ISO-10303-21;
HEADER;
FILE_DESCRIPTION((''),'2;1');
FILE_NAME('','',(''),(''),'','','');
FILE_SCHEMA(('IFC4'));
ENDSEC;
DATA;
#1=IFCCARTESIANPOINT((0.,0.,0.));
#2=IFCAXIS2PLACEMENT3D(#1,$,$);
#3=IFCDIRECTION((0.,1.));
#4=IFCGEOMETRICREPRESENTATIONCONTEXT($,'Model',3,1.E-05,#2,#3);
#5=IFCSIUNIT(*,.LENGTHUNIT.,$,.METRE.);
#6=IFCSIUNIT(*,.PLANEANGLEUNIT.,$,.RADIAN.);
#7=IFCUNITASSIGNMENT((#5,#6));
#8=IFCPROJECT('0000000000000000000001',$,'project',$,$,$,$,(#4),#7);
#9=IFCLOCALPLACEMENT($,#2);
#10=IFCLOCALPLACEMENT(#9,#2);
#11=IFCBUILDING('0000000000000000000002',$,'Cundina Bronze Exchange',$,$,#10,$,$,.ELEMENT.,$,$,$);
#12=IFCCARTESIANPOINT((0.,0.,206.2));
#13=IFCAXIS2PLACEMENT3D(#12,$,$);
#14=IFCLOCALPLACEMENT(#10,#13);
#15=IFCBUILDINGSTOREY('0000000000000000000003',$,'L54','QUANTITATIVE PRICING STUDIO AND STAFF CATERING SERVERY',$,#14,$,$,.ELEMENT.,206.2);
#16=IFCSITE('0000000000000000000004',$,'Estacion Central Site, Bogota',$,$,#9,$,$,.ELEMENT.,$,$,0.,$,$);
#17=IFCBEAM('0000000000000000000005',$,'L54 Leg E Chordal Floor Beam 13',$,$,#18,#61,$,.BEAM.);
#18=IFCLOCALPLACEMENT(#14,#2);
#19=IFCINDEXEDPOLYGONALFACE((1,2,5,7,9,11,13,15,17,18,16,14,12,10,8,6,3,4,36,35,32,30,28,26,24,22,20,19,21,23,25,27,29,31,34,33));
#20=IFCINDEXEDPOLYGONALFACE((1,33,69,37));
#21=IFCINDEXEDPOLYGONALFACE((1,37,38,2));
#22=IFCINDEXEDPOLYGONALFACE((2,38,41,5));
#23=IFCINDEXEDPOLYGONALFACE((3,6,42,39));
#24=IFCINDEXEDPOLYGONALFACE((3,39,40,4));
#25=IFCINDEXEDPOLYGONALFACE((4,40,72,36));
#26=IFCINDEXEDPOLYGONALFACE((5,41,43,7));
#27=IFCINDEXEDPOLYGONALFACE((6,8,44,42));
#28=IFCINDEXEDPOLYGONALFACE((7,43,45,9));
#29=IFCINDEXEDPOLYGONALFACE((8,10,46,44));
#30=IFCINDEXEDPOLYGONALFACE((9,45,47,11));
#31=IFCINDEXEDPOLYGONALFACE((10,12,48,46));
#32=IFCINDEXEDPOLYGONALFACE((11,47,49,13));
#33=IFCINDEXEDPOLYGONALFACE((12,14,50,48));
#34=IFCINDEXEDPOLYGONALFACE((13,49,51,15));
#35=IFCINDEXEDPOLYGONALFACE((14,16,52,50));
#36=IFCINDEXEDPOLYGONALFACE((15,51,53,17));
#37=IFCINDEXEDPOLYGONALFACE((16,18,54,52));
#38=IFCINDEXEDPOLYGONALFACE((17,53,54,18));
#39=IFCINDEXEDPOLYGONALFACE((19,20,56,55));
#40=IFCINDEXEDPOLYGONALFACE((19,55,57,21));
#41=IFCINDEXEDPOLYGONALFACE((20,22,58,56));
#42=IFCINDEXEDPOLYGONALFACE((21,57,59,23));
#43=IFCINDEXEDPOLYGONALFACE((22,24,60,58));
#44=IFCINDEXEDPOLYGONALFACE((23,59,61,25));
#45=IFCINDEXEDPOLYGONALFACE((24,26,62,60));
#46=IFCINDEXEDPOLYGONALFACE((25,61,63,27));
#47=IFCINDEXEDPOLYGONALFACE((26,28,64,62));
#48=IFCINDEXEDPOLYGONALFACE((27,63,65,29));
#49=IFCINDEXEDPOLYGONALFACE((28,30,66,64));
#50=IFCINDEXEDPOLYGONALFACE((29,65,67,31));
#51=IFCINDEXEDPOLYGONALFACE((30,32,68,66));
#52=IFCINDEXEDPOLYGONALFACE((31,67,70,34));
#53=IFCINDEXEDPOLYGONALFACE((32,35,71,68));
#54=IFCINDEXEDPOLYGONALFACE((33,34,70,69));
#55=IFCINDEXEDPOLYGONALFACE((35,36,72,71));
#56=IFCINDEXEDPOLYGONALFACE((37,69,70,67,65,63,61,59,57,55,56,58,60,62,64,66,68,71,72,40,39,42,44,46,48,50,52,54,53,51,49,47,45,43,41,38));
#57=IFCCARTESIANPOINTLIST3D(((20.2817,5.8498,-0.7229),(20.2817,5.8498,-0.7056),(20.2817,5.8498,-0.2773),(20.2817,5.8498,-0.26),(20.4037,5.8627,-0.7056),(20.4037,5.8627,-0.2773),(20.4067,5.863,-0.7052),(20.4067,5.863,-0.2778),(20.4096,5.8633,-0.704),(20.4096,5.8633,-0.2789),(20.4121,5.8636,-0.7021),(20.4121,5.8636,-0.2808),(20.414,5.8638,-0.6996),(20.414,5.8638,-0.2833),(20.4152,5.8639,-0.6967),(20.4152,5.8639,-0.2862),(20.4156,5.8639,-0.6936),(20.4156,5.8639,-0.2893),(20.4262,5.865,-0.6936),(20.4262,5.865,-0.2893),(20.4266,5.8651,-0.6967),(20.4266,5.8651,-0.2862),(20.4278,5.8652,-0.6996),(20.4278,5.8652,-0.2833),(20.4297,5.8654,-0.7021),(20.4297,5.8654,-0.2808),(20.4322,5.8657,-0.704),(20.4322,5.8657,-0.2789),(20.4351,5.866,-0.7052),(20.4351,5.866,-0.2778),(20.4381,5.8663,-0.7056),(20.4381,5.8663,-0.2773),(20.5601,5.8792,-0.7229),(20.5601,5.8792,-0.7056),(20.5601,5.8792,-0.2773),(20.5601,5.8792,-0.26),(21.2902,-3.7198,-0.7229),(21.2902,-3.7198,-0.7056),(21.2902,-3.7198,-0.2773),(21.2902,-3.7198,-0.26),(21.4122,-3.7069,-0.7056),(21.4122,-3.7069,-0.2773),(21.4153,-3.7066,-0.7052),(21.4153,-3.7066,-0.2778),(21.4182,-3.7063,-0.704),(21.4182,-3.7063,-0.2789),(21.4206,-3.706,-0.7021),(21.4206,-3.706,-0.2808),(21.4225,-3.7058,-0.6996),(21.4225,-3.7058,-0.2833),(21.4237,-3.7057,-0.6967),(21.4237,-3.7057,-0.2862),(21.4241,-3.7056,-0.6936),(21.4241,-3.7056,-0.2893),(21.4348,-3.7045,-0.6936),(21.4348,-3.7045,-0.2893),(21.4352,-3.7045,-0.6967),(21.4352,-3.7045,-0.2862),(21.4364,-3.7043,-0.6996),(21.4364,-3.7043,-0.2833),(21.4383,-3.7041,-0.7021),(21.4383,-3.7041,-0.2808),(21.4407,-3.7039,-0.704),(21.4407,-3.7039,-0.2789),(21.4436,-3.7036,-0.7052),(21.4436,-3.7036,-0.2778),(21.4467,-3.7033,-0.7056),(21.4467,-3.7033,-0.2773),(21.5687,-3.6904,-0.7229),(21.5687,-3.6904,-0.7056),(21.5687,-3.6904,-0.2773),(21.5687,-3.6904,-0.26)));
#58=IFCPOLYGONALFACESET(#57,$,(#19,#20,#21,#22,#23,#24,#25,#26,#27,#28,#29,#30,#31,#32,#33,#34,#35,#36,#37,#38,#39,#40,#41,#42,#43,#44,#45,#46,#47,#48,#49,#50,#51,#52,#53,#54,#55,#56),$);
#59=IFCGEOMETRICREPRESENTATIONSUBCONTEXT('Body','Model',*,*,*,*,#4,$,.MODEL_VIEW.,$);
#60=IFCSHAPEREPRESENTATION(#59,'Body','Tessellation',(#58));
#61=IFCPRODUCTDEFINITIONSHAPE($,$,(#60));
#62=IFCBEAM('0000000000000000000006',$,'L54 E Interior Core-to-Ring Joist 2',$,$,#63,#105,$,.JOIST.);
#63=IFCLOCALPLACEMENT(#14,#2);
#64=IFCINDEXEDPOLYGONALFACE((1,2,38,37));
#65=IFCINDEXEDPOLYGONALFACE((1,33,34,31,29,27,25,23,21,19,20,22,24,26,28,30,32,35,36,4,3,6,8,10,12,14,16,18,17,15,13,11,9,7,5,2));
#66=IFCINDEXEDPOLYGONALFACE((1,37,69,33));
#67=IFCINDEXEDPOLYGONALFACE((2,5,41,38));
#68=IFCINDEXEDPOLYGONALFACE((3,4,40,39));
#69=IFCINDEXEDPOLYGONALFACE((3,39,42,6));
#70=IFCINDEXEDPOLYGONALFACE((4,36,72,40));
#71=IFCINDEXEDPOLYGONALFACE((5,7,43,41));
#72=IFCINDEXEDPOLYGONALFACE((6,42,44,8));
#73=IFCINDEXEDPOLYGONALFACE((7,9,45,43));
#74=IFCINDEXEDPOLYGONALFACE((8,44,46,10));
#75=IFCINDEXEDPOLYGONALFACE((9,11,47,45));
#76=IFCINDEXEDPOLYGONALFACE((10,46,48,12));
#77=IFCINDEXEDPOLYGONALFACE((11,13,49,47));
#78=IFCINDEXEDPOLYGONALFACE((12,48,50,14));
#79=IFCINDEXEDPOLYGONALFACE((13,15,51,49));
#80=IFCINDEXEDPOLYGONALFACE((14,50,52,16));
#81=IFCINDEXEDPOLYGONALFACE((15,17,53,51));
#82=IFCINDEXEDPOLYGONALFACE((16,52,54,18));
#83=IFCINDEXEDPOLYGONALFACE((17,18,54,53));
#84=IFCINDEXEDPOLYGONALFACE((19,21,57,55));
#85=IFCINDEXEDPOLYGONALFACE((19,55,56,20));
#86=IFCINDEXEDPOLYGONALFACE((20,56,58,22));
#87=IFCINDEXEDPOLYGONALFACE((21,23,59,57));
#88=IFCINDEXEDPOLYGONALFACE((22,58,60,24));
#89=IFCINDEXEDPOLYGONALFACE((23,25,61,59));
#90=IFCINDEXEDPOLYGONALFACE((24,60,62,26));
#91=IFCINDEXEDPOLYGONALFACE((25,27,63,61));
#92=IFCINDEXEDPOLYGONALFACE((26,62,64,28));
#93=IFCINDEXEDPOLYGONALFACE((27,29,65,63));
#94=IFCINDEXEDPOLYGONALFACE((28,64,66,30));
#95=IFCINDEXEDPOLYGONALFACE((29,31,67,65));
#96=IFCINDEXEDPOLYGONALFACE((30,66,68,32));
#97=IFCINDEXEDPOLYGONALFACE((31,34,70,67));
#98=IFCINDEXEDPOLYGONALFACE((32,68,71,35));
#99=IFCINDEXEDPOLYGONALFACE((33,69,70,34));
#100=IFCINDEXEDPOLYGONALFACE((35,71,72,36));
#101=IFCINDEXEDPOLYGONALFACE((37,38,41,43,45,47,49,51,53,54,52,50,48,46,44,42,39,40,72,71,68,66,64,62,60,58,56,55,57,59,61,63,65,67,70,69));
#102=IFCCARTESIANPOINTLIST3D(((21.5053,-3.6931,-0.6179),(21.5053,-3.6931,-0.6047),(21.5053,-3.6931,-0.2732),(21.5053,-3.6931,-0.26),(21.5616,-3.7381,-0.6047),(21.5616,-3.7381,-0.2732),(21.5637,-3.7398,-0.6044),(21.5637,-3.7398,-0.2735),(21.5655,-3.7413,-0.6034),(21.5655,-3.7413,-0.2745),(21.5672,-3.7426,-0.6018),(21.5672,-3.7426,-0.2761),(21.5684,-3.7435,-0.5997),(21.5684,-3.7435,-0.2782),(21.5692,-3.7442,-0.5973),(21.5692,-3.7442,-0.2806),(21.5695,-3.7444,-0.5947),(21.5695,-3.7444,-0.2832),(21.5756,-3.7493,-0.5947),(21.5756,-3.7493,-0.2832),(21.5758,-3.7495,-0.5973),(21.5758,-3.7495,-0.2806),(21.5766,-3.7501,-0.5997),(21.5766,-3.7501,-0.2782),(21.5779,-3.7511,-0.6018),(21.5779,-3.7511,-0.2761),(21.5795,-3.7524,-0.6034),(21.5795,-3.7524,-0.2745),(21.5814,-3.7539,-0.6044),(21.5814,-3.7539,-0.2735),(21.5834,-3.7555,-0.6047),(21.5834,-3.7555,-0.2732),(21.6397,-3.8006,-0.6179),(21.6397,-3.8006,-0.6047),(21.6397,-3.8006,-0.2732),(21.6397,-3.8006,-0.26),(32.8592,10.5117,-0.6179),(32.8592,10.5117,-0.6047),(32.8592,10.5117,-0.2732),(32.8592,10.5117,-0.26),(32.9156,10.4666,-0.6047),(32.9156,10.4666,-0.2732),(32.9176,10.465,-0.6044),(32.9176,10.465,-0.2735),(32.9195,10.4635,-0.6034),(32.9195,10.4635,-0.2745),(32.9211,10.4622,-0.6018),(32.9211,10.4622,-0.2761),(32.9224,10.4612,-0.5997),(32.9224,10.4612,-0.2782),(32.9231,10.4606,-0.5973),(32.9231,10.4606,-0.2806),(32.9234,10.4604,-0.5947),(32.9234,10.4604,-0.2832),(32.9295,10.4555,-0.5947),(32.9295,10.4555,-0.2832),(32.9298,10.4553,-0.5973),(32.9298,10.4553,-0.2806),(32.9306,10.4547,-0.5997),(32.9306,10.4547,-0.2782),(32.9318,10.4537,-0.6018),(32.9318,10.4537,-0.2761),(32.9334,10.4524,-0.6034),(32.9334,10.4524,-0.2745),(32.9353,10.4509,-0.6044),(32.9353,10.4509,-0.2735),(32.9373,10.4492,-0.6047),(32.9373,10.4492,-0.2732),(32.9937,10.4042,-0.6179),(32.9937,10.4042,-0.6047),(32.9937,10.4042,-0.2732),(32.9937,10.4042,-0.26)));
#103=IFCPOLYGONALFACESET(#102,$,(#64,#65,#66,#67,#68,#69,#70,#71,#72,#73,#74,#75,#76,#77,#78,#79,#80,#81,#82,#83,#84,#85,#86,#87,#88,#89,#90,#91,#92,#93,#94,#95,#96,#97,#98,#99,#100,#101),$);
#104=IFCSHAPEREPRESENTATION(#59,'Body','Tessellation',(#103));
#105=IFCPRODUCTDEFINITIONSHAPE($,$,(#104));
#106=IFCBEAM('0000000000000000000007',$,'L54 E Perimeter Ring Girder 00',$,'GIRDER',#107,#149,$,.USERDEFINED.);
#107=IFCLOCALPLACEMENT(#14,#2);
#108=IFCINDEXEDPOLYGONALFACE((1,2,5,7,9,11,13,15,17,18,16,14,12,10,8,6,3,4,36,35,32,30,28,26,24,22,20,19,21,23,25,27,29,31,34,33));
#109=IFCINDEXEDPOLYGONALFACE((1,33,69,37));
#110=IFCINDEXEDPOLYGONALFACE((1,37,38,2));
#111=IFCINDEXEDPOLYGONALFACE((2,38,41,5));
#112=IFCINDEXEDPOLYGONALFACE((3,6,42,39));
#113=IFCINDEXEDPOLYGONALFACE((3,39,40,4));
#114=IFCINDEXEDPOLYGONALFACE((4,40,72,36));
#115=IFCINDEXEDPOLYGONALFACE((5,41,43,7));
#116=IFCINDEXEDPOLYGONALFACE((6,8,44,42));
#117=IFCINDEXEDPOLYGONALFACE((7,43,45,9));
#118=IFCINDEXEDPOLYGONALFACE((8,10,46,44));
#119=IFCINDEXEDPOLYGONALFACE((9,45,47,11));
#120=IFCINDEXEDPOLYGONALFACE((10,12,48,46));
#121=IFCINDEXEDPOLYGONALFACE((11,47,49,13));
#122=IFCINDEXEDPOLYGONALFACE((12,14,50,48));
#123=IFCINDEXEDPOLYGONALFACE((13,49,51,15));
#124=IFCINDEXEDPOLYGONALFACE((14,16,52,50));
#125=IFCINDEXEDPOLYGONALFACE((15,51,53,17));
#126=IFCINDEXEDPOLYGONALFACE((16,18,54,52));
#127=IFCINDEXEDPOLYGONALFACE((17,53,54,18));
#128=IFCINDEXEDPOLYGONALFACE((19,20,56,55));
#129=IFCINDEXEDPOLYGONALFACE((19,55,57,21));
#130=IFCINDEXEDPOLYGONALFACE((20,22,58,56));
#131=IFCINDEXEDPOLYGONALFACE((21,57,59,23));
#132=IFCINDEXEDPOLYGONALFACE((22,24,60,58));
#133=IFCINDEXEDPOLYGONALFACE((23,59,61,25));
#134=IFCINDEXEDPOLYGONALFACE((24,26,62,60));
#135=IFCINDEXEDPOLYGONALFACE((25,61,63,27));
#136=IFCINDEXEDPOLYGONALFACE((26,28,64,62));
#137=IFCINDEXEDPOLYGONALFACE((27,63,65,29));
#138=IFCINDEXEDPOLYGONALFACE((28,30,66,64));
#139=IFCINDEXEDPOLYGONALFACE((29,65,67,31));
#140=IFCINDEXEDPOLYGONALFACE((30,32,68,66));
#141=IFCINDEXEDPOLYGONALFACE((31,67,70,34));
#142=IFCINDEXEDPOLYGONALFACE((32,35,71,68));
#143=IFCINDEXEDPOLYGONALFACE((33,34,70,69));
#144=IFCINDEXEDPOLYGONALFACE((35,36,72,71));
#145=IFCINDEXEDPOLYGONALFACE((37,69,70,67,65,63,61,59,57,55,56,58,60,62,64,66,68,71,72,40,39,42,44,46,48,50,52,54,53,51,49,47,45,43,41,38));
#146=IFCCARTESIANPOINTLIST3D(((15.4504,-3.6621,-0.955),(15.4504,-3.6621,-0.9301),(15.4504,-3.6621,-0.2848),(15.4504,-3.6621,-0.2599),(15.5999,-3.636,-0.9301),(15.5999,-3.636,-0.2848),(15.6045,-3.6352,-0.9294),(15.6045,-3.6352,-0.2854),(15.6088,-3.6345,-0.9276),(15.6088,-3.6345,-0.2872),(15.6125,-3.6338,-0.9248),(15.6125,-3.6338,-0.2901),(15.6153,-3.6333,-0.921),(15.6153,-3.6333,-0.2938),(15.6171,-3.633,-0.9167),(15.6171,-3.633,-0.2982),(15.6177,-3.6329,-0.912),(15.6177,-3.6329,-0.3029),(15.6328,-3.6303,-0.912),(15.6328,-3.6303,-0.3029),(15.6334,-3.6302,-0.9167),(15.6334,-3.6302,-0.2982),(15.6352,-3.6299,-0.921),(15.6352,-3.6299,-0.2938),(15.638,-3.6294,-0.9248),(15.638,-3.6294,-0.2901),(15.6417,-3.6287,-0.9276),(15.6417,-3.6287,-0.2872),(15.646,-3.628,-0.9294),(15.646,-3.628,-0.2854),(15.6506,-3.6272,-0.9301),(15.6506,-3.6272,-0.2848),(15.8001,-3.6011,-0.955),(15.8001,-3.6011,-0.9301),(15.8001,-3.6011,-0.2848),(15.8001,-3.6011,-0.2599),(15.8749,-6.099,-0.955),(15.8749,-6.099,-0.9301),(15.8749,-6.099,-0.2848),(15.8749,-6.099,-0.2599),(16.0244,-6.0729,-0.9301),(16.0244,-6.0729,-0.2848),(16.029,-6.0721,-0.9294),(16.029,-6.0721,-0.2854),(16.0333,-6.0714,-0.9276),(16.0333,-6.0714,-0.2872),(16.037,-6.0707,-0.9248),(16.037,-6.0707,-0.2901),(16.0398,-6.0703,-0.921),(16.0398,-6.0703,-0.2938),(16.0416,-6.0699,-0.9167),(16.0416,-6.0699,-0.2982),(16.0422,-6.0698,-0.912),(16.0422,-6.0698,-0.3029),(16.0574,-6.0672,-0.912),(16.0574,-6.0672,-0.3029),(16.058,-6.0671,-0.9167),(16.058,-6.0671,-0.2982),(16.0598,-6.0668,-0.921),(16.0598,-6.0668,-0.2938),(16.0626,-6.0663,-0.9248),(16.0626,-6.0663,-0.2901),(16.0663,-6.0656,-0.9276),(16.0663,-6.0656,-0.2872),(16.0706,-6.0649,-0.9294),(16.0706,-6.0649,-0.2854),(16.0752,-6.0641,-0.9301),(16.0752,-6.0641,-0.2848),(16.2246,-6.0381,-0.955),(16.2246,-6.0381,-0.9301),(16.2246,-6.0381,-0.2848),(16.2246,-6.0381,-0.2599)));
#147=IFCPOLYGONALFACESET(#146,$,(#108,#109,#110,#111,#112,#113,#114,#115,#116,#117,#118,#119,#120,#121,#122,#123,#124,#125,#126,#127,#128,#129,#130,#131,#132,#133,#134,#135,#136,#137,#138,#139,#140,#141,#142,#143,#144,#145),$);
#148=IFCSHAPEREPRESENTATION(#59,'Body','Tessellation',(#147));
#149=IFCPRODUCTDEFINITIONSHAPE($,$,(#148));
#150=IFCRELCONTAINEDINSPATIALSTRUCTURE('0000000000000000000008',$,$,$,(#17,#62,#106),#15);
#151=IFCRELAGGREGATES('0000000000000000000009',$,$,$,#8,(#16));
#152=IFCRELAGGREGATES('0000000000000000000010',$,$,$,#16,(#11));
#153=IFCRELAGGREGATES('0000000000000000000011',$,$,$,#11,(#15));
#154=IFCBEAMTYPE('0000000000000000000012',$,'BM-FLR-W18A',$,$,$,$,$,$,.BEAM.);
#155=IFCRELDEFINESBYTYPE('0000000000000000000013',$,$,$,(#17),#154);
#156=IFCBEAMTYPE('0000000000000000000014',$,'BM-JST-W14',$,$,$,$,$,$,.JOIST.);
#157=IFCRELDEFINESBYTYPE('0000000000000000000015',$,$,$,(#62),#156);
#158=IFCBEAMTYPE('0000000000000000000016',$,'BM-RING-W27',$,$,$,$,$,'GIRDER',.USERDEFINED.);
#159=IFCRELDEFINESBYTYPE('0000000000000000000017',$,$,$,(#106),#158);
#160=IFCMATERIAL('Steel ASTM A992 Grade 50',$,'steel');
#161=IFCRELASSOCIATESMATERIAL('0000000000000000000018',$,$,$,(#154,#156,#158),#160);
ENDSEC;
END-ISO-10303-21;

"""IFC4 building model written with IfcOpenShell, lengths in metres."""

from ifc_helpers import new_model, si_unit, direction, frame, origin, origin_2d, place, context, subcontext, project, spatial, i_section, extrude, material, material_profile, profile_set, type_object, element, save


model = new_model("IFC4")

# Units and contexts
model_context = context("Model", 3, precision=1e-05, world=origin(), true_north=direction((0.0, 1.0)))
body_context = subcontext(model_context, "Body", "Model", "MODEL_VIEW")
ifc_project = project(units=[si_unit("LENGTHUNIT", "METRE"), si_unit("PLANEANGLEUNIT", "RADIAN")], contexts=[model_context])

# Site, building, storey
site_placement = place(None, origin())
site = spatial("IfcSite", under=ifc_project, at=site_placement, Name="Estacion Central Site, Bogota", CompositionType="ELEMENT", RefElevation=0.0)
building_placement = place(site_placement, origin())
building = spatial("IfcBuilding", under=site, at=building_placement, Name="Cundina Bronze Exchange", CompositionType="ELEMENT")
storey_placement = place(building_placement, frame((0.0, 0.0, 206.2)))
storey = spatial("IfcBuildingStorey", under=building, at=storey_placement, Name="L54", Description="QUANTITATIVE PRICING STUDIO AND STAFF CATERING SERVERY", CompositionType="ELEMENT", Elevation=206.2)

# Shared definitions
ifc_material_1 = material(Name="Steel ASTM A992 Grade 50", Category="steel")

# Beams
ifc_material_profile_1 = material_profile(ifc_material_1, i_section(OverallWidth=0.28, OverallDepth=0.4629, WebThickness=0.0107, FlangeThickness=0.0173, FilletRadius=0.012, at=origin_2d()), Name="W18X76", Category="steel")
ifc_profile_set_1 = profile_set([ifc_material_profile_1], Name="Steel ASTM A992 Grade 50")
beam_type_1 = type_object("IfcBeamType", Name="BM-FLR-W18A", PredefinedType="BEAM", material=ifc_profile_set_1)
beam_1_placement = place(storey_placement, frame((21.4294, -3.7051, -0.4915), z_axis=(-0.10481, 0.994492, 0.0), x_axis=(-0.994492, -0.10481, 0.0)))
element("IfcBeam", 1, at=beam_1_placement, inside=storey, type_object=beam_type_1, Name="L54 Leg E Chordal Floor Beam 13", PredefinedType="BEAM", context=body_context, shape_type="SweptSolid", body=[
    extrude(i_section(OverallWidth=0.28, OverallDepth=0.4629, WebThickness=0.0107, FlangeThickness=0.0173, FilletRadius=0.012, at=origin_2d()), origin(), (0.0, 0.0, 1.0), 9.6226),
])
ifc_material_profile_2 = material_profile(ifc_material_1, i_section(OverallWidth=0.1721, OverallDepth=0.3579, WebThickness=0.0078, FlangeThickness=0.0132, FilletRadius=0.01, at=origin_2d()), Name="W14X38", Category="steel")
ifc_profile_set_2 = profile_set([ifc_material_profile_2], Name="Steel ASTM A992 Grade 50")
beam_type_2 = type_object("IfcBeamType", Name="BM-JST-W14", PredefinedType="JOIST", material=ifc_profile_set_2)
beam_2_placement = place(storey_placement, frame((21.5725, -3.7468, -0.439), z_axis=(0.624364, 0.781133, 0.0), x_axis=(-0.781133, 0.624364, 0.0)))
element("IfcBeam", 2, at=beam_2_placement, inside=storey, type_object=beam_type_2, Name="L54 E Interior Core-to-Ring Joist 2", PredefinedType="JOIST", context=body_context, shape_type="SweptSolid", body=[
    extrude(i_section(OverallWidth=0.1721, OverallDepth=0.3579, WebThickness=0.0078, FlangeThickness=0.0132, FilletRadius=0.01, at=origin_2d()), origin(), (0.0, 0.0, 1.0), 18.1848),
])
ifc_material_profile_3 = material_profile(ifc_material_1, i_section(OverallWidth=0.355, OverallDepth=0.6951, WebThickness=0.0154, FlangeThickness=0.0249, FilletRadius=0.0181, at=origin_2d()), Name="W27X146", Category="steel")
ifc_profile_set_3 = profile_set([ifc_material_profile_3], Name="Steel ASTM A992 Grade 50")
beam_type_3 = type_object("IfcBeamType", Name="BM-RING-W27", ElementType="GIRDER", PredefinedType="USERDEFINED", material=ifc_profile_set_3)
beam_3_placement = place(storey_placement, frame((15.6252, -3.6316, -0.6074), z_axis=(0.171629, -0.985162, 0.0), x_axis=(0.985162, 0.171629, 0.0)))
element("IfcBeam", 3, at=beam_3_placement, inside=storey, type_object=beam_type_3, Name="L54 E Perimeter Ring Girder 00", ObjectType="GIRDER", PredefinedType="USERDEFINED", context=body_context, shape_type="SweptSolid", body=[
    extrude(i_section(OverallWidth=0.355, OverallDepth=0.6951, WebThickness=0.0154, FlangeThickness=0.0249, FilletRadius=0.0181, at=origin_2d()), origin(), (0.0, 0.0, 1.0), 2.4736),
])

save(model, "model.ifc")
